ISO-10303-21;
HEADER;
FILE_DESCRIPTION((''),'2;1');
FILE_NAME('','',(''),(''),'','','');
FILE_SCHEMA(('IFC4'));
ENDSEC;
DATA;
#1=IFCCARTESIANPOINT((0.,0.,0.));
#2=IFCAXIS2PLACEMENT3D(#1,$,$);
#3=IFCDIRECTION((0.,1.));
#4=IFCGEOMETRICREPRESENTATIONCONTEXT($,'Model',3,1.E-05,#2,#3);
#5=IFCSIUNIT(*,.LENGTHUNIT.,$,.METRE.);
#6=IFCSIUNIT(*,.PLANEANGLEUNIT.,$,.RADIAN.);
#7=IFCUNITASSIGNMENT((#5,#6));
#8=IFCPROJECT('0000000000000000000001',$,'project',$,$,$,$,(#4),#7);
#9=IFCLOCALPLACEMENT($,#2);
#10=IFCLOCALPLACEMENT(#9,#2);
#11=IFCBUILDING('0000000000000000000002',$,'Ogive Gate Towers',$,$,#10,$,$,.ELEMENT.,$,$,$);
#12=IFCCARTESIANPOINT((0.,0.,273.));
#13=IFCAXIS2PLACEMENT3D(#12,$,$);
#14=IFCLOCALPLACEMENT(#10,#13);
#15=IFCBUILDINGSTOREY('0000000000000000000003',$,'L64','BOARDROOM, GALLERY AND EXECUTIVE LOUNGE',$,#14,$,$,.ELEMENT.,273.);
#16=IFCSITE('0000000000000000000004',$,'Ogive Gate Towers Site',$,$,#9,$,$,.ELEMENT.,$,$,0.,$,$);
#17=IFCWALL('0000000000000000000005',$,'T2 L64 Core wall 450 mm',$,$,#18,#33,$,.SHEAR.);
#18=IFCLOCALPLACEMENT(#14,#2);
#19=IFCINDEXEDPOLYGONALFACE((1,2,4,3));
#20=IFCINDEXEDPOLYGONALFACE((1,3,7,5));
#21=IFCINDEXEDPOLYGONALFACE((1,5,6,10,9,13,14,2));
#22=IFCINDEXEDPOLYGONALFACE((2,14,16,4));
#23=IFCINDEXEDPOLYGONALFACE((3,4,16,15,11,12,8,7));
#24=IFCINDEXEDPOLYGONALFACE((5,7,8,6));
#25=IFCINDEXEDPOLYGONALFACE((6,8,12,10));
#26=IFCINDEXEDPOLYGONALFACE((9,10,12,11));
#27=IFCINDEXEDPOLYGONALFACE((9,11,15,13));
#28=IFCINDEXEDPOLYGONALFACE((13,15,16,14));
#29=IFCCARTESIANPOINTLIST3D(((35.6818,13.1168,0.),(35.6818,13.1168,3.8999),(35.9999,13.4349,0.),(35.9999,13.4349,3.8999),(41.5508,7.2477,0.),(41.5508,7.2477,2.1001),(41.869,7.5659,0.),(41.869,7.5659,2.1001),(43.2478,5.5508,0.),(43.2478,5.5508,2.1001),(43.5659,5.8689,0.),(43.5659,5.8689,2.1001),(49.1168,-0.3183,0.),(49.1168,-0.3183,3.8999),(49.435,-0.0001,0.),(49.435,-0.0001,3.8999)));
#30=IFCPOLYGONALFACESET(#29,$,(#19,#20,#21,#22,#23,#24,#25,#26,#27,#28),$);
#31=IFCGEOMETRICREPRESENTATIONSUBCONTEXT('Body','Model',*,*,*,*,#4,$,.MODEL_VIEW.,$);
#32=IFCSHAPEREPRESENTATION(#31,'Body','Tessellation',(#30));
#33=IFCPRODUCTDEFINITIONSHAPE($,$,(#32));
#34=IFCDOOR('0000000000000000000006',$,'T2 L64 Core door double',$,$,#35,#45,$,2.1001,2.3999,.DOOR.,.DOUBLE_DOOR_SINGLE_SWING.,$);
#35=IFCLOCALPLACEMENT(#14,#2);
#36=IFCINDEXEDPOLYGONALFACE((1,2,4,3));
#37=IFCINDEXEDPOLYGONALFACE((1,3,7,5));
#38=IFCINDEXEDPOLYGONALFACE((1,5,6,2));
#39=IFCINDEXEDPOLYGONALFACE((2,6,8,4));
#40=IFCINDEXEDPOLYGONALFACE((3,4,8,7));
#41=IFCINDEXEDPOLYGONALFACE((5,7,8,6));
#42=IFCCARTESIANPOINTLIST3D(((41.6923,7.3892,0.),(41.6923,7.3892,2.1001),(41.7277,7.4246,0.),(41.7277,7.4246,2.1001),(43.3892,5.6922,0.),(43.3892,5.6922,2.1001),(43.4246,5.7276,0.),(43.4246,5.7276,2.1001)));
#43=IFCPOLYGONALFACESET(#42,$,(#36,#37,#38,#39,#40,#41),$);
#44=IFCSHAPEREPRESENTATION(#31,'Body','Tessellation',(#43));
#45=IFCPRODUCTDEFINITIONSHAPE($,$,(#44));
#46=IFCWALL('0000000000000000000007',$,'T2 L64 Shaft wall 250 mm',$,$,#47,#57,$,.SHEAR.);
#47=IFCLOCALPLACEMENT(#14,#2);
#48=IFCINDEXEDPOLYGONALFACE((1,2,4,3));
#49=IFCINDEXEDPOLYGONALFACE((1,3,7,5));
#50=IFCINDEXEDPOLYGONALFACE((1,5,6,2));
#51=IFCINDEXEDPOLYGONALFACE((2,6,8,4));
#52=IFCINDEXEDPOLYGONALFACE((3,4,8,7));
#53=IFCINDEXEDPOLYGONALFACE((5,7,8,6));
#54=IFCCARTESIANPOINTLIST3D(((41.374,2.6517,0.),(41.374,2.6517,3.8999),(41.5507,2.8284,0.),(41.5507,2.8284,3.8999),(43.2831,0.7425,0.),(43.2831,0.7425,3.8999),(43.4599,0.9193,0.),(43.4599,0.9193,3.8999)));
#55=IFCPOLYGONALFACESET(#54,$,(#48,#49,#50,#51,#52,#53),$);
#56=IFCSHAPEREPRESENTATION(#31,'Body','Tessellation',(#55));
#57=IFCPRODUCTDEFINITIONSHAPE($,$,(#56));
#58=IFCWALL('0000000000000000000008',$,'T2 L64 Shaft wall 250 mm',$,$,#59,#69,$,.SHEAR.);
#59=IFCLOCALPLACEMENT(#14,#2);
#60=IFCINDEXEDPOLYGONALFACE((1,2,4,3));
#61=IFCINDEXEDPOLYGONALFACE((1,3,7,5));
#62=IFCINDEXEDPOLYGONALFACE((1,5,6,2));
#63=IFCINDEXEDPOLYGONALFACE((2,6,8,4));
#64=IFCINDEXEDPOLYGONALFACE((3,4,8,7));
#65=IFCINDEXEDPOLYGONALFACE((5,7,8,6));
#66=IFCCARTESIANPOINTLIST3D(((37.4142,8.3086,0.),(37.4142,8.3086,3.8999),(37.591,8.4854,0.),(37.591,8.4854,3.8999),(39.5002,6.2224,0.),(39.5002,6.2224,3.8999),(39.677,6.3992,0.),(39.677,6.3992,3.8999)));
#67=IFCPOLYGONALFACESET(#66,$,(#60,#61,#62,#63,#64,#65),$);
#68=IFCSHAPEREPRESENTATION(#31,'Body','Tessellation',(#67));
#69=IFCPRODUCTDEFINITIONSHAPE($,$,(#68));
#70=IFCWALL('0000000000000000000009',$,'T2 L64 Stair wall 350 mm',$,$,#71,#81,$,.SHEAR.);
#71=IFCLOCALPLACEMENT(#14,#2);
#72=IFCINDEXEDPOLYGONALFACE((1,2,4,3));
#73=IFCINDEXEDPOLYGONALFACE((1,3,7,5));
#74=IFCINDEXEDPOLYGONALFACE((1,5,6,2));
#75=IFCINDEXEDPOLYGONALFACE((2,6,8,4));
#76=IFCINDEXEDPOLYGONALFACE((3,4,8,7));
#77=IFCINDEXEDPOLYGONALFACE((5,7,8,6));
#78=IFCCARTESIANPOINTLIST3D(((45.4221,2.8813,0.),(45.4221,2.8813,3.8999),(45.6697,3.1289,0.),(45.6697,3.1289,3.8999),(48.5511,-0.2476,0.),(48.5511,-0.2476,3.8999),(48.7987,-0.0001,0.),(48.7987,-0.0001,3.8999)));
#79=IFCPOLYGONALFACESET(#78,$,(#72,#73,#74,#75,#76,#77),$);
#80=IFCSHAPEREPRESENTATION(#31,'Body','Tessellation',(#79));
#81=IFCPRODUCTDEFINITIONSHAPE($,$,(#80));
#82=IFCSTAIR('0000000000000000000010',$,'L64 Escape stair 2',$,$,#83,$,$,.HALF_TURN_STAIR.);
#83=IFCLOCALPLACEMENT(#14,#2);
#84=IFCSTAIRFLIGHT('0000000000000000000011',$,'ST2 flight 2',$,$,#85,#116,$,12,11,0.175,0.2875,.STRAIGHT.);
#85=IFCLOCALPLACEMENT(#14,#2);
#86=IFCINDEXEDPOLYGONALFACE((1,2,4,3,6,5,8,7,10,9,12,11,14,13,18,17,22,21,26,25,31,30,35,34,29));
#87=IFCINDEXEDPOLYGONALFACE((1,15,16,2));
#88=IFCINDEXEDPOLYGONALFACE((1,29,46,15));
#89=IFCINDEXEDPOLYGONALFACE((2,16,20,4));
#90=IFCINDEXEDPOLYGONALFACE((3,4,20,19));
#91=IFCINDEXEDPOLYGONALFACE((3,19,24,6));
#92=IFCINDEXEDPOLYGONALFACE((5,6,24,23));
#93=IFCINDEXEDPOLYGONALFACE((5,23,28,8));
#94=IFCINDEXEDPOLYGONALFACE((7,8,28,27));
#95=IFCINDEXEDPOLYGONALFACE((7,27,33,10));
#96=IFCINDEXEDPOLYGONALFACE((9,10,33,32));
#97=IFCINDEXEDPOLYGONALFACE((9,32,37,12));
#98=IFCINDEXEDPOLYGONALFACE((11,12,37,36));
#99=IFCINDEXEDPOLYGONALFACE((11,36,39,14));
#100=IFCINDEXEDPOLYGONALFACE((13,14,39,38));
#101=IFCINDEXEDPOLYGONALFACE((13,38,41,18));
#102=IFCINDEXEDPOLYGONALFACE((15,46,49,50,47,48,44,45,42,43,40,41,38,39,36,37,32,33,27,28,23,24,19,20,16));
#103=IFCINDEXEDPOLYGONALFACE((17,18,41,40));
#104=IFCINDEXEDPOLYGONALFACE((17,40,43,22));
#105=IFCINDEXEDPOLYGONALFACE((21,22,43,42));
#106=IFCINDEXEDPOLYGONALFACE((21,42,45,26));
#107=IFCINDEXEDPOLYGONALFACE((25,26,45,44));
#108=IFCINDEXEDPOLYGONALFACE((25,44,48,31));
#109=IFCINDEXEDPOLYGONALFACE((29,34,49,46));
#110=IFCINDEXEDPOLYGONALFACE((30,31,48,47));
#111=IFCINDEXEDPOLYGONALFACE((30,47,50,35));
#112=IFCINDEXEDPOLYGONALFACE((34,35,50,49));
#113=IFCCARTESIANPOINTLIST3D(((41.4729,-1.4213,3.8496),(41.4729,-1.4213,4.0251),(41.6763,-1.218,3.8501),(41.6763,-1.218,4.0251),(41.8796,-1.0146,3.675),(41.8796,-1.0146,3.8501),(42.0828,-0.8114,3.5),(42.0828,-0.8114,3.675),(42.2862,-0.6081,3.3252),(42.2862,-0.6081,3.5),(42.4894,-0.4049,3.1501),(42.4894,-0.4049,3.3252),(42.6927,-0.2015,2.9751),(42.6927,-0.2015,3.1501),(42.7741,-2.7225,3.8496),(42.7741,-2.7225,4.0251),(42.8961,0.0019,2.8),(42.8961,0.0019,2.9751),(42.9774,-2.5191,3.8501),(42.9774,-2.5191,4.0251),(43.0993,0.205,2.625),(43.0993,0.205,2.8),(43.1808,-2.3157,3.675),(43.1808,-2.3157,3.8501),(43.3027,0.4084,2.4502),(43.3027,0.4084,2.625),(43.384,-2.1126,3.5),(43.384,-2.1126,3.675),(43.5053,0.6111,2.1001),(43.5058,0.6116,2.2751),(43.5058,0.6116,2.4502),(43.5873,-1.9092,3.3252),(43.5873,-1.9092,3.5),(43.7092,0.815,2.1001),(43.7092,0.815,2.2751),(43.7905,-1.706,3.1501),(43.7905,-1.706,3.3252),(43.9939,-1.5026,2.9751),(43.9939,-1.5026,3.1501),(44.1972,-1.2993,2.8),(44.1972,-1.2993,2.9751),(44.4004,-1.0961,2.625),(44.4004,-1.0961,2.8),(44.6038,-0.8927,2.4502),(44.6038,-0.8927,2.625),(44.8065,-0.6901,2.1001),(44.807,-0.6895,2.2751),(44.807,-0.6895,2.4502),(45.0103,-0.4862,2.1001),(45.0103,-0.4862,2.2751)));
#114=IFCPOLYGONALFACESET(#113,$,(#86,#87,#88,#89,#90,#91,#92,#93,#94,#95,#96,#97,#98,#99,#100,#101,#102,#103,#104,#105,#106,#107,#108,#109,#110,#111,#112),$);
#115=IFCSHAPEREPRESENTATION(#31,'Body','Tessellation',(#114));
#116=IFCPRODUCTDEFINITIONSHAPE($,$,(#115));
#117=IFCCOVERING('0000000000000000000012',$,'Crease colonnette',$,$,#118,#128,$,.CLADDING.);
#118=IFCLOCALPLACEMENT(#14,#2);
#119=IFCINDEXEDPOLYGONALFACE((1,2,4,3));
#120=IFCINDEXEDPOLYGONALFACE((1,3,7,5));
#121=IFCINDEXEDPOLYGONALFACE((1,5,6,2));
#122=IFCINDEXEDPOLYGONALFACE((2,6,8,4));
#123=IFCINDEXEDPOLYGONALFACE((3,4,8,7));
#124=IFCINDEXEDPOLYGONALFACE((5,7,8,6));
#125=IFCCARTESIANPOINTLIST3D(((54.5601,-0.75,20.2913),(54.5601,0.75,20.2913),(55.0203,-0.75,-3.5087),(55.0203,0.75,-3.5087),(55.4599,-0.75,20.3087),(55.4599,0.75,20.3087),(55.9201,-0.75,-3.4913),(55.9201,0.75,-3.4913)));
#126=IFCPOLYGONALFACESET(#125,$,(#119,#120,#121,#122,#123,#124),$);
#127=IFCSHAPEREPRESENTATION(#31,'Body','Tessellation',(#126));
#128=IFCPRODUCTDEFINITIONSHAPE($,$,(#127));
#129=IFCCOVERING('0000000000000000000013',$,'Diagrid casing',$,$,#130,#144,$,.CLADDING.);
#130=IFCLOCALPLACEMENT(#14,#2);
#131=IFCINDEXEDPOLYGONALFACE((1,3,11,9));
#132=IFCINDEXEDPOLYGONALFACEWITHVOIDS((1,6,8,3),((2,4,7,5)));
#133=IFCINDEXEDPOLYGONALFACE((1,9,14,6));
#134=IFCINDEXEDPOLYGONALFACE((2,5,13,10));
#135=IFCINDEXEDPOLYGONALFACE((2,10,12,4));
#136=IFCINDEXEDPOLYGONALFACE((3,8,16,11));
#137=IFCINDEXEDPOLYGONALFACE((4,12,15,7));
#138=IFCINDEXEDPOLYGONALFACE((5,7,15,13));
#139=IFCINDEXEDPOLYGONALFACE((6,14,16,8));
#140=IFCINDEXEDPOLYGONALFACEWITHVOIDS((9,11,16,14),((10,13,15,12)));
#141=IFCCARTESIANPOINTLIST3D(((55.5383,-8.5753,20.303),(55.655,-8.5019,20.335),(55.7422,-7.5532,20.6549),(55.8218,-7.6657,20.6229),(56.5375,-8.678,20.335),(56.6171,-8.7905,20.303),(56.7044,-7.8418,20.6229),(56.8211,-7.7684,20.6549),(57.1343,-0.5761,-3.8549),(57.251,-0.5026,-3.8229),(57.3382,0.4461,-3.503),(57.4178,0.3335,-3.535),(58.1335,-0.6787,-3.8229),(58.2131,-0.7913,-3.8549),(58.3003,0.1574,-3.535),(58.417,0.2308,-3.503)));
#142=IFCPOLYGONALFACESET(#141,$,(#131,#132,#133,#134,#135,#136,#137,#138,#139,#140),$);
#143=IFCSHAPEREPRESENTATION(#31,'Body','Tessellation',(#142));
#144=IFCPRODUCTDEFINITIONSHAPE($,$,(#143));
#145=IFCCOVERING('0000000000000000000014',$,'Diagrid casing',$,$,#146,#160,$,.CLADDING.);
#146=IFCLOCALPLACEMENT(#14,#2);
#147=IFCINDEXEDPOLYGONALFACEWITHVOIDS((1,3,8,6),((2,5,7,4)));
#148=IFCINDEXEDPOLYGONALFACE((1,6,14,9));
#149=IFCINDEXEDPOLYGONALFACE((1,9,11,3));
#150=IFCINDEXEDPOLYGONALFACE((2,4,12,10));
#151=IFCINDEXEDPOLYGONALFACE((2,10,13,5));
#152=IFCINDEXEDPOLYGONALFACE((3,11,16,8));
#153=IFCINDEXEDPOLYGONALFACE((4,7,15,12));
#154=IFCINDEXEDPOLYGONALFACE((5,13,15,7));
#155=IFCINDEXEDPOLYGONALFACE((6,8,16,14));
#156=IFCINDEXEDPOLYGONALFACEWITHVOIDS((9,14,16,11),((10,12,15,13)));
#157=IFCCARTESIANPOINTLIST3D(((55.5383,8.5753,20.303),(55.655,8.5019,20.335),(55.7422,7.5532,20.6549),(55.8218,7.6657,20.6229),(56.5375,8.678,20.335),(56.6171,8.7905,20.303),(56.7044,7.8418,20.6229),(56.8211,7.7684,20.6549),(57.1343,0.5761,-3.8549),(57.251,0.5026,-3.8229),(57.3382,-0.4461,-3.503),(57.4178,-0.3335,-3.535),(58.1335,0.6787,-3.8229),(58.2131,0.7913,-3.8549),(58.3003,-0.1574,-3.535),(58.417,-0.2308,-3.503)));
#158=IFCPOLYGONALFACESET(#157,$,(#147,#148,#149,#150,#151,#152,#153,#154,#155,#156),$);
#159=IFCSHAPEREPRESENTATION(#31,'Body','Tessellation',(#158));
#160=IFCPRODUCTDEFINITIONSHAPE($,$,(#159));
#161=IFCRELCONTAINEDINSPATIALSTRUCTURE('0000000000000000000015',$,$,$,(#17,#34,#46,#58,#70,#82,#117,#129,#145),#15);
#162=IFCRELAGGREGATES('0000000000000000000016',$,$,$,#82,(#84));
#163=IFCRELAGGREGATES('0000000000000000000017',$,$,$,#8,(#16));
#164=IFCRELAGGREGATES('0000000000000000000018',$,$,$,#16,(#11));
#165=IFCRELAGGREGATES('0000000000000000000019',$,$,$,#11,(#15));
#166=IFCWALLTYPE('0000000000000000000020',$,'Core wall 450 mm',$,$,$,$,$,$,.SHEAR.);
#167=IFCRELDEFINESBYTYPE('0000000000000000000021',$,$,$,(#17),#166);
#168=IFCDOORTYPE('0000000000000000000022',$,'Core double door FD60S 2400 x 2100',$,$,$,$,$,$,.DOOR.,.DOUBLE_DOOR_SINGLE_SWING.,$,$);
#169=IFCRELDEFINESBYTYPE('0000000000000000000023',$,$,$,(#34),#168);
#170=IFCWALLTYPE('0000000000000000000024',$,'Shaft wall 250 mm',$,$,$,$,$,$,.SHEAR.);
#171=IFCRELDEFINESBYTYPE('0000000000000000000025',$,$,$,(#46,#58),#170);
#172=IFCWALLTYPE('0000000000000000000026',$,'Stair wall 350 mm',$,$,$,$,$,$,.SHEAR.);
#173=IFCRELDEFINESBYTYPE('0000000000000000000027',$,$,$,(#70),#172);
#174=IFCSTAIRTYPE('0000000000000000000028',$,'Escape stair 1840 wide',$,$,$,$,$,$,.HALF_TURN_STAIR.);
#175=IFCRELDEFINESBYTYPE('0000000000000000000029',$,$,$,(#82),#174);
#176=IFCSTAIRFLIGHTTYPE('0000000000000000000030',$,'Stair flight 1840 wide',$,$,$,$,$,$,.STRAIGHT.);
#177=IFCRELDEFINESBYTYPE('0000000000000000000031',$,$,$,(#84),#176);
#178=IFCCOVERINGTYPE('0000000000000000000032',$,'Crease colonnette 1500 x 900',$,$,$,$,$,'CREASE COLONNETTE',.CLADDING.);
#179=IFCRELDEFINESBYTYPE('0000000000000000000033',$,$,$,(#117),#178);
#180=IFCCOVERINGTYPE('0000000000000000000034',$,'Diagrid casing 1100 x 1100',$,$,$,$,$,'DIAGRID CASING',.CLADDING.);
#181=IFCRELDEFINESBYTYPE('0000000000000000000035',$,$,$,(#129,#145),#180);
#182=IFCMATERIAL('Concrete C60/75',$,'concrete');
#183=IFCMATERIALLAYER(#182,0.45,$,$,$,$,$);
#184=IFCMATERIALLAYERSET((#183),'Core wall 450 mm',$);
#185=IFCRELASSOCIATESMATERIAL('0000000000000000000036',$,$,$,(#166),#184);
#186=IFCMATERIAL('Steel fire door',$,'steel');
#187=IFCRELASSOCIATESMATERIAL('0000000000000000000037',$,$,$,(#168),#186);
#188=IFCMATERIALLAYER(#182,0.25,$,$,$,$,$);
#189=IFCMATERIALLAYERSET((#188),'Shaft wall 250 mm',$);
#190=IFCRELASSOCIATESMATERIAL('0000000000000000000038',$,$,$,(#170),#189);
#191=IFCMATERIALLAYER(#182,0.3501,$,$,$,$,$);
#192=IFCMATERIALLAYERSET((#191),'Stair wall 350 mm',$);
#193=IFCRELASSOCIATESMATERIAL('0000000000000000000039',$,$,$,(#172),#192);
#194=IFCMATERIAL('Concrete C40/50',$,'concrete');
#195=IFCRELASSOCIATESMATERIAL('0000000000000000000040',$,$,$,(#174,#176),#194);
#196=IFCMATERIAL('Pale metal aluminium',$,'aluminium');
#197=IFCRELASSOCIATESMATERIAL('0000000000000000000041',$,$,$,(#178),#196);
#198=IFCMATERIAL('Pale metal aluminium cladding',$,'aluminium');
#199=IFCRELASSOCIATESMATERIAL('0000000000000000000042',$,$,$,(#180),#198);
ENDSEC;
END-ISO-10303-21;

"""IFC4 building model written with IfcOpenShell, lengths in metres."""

from ifc_helpers import new_model, si_unit, direction, frame, frame_2d, origin, origin_2d, place, context, subcontext, project, spatial, polyline, rectangle, hollow_rectangle, outline, extrude, material, layer, layer_set, material_profile, profile_set, type_object, element, fill, aggregate, save


model = new_model("IFC4")

# Units and contexts
model_context = context("Model", 3, precision=1e-05, world=origin(), true_north=direction((0.0, 1.0)))
body_context = subcontext(model_context, "Body", "Model", "MODEL_VIEW")
ifc_project = project(units=[si_unit("LENGTHUNIT", "METRE"), si_unit("PLANEANGLEUNIT", "RADIAN")], contexts=[model_context])

# Site, building, storey
site_placement = place(None, origin())
site = spatial("IfcSite", under=ifc_project, at=site_placement, Name="Ogive Gate Towers Site", CompositionType="ELEMENT", RefElevation=0.0)
building_placement = place(site_placement, origin())
building = spatial("IfcBuilding", under=site, at=building_placement, Name="Ogive Gate Towers", CompositionType="ELEMENT")
storey_placement = place(building_placement, frame((0.0, 0.0, 273.0)))
storey = spatial("IfcBuildingStorey", under=building, at=storey_placement, Name="L64", Description="BOARDROOM, GALLERY AND EXECUTIVE LOUNGE", CompositionType="ELEMENT", Elevation=273.0)

# Wall, opening, door
ifc_material_1 = material(Name="Concrete C60/75", Category="concrete")
ifc_layer_1 = layer(ifc_material_1, 0.45)
ifc_layer_set_1 = layer_set([ifc_layer_1], Name="Core wall 450 mm")
wall_type_1 = type_object("IfcWallType", Name="Core wall 450 mm", PredefinedType="SHEAR", material=ifc_layer_set_1)
wall_1_placement = place(storey_placement, frame((49.2759, -0.1592, 0.0), z_axis=(0.0, 0.0, 1.0), x_axis=(-0.707107, 0.707107, 0.0)))
wall_1 = element("IfcWall", 1, at=wall_1_placement, inside=storey, type_object=wall_type_1, Name="T2 L64 Core wall 450 mm", PredefinedType="SHEAR", context=body_context, shape_type="SweptSolid", body=[
    extrude(rectangle(XDim=19.0, YDim=0.45, at=frame_2d((9.5, 0.0))), origin(), (0.0, 0.0, 1.0), 3.8999),
])
opening_1_placement = place(wall_1_placement, frame((8.3, 0.0, 0.0)))
opening_1 = element("IfcOpeningElement", 2, at=opening_1_placement, cuts=wall_1, PredefinedType="OPENING", context=body_context, shape_type="SweptSolid", body=[
    extrude(rectangle(XDim=2.3999, YDim=2.1001, at=frame_2d((1.2, 1.05))), frame((0.0, 0.2349, 0.0), z_axis=(0.0, -1.0, 0.0), x_axis=(1.0, 0.0, 0.0)), (0.0, 0.0, 1.0), 0.47),
])
ifc_material_2 = material(Name="Steel fire door", Category="steel")
door_type_1 = type_object("IfcDoorType", Name="Core double door FD60S 2400 x 2100", OperationType="DOUBLE_DOOR_SINGLE_SWING", PredefinedType="DOOR", material=ifc_material_2)
door_1_placement = place(opening_1_placement, origin())
door_1 = element("IfcDoor", 3, at=door_1_placement, inside=storey, type_object=door_type_1, Name="T2 L64 Core door double", OperationType="DOUBLE_DOOR_SINGLE_SWING", OverallHeight=2.1001, OverallWidth=2.3999, PredefinedType="DOOR", context=body_context, shape_type="SweptSolid", body=[
    extrude(rectangle(XDim=2.3999, YDim=2.1001, at=frame_2d((1.2, 1.05))), frame((0.0, 0.0249, 0.0), z_axis=(0.0, -1.0, 0.0), x_axis=(1.0, 0.0, 0.0)), (0.0, 0.0, 1.0), 0.05),
])
fill(opening_1, door_1)

# Walls
ifc_layer_2 = layer(ifc_material_1, 0.25)
ifc_layer_set_2 = layer_set([ifc_layer_2], Name="Shaft wall 250 mm")
wall_type_2 = type_object("IfcWallType", Name="Shaft wall 250 mm", PredefinedType="SHEAR", material=ifc_layer_set_2)
wall_2_placement = place(storey_placement, frame((43.3716, 0.8308, 0.0), z_axis=(0.0, 0.0, 1.0), x_axis=(-0.707107, 0.707107, 0.0)))
element("IfcWall", 4, at=wall_2_placement, inside=storey, type_object=wall_type_2, Name="T2 L64 Shaft wall 250 mm", PredefinedType="SHEAR", context=body_context, shape_type="SweptSolid", body=[
    extrude(rectangle(XDim=2.7, YDim=0.25, at=frame_2d((1.3501, 0.0))), origin(), (0.0, 0.0, 1.0), 3.8999),
])
wall_3_placement = place(storey_placement, frame((39.5886, 6.3108, 0.0), z_axis=(0.0, 0.0, 1.0), x_axis=(-0.707065, 0.707148, 0.0)))
element("IfcWall", 5, at=wall_3_placement, inside=storey, type_object=wall_type_2, Name="T2 L64 Shaft wall 250 mm", PredefinedType="SHEAR", context=body_context, shape_type="SweptSolid", body=[
    extrude(rectangle(XDim=2.9502, YDim=0.25, at=frame_2d((1.4751, 0.0))), origin(), (0.0, 0.0, 1.0), 3.8999),
])
ifc_layer_3 = layer(ifc_material_1, 0.3501)
ifc_layer_set_3 = layer_set([ifc_layer_3], Name="Stair wall 350 mm")
wall_type_3 = type_object("IfcWallType", Name="Stair wall 350 mm", PredefinedType="SHEAR", material=ifc_layer_set_3)
wall_4_placement = place(storey_placement, frame((48.6748, -0.1238, 0.0), z_axis=(0.0, 0.0, 1.0), x_axis=(-0.707107, 0.707107, 0.0)))
element("IfcWall", 6, at=wall_4_placement, inside=storey, type_object=wall_type_3, Name="T2 L64 Stair wall 350 mm", PredefinedType="SHEAR", context=body_context, shape_type="SweptSolid", body=[
    extrude(rectangle(XDim=4.425, YDim=0.3501, at=frame_2d((2.2124, 0.0))), origin(), (0.0, 0.0, 1.0), 3.8999),
])

# Stair, stair flight
ifc_material_3 = material(Name="Concrete C40/50", Category="concrete")
stair_type = type_object("IfcStairType", Name="Escape stair 1840 wide", PredefinedType="HALF_TURN_STAIR", material=ifc_material_3)
stair_placement = place(storey_placement, origin())
stair = element("IfcStair", 7, at=stair_placement, inside=storey, type_object=stair_type, Name="L64 Escape stair 2", PredefinedType="HALF_TURN_STAIR")
stair_flight_type = type_object("IfcStairFlightType", Name="Stair flight 1840 wide", PredefinedType="STRAIGHT", material=ifc_material_3)
stair_flight_placement = place(storey_placement, frame((44.3599, 0.1643, 2.1001), z_axis=(0.0, 0.0, 1.0), x_axis=(-0.707107, -0.707107, 0.0)))
stair_flight = element("IfcStairFlight", 8, at=stair_flight_placement, type_object=stair_flight_type, Name="ST2 flight 2", NumberOfRisers=12, NumberOfTreads=11, PredefinedType="STRAIGHT", RiserHeight=0.175, TreadLength=0.2875, context=body_context, shape_type="SweptSolid", body=[
    extrude(outline(polyline([(0.0, 0.0), (0.0, 0.175), (0.2876, 0.175), (0.2876, 0.3501), (0.575, 0.3501), (0.575, 0.5249), (0.8625, 0.5249), (0.8625, 0.7), (1.1499, 0.7), (1.1499, 0.875), (1.4375, 0.875), (1.4375, 1.05), (1.7251, 1.05), (1.7251, 1.2251), (2.0125, 1.2251), (2.0125, 1.3999), (2.3, 1.3999), (2.3, 1.575), (2.5874, 1.575), (2.5874, 1.75), (2.875, 1.75), (2.875, 1.925), (3.1626, 1.925), (3.1626, 2.1001), (3.1626, 1.7495), (0.2883, 0.0), (0.0, 0.0)])), frame((0.0, 0.9199, 0.0), z_axis=(0.0, -1.0, 0.0), x_axis=(1.0, 0.0, 0.0)), (0.0, 0.0, 1.0), 1.8401),
])
aggregate(stair, [stair_flight])

# Coverings
ifc_material_4 = material(Name="Pale metal aluminium", Category="aluminium")
ifc_material_profile_1 = material_profile(ifc_material_4, rectangle(XDim=1.5, YDim=0.8999, at=origin_2d()), Name="1500 x 900 pale metal aluminium")
ifc_profile_set_1 = profile_set([ifc_material_profile_1], Name="Pale metal aluminium")
covering_type_1 = type_object("IfcCoveringType", Name="Crease colonnette 1500 x 900", ElementType="CREASE COLONNETTE", PredefinedType="CLADDING", material=ifc_profile_set_1)
covering_placement = place(storey_placement, frame((55.4702, 0.0, -3.5), z_axis=(-0.019333, 0.0, 0.999813), x_axis=(0.0, -1.0, 0.0)))
element("IfcCovering", 9, at=covering_placement, inside=storey, type_object=covering_type_1, Name="Crease colonnette", PredefinedType="CLADDING", context=body_context, shape_type="SweptSolid", body=[
    extrude(rectangle(XDim=1.5, YDim=0.8999, at=origin_2d()), origin(), (0.0, 0.0, 1.0), 23.8044),
])
ifc_material_5 = material(Name="Pale metal aluminium cladding", Category="aluminium")
ifc_material_profile_2 = material_profile(ifc_material_5, hollow_rectangle(XDim=1.1001, YDim=1.1001, WallThickness=0.1001, at=origin_2d()), Name="1100 x 1100 pale metal casing")
ifc_profile_set_2 = profile_set([ifc_material_profile_2], Name="Pale metal aluminium cladding")
covering_type_2 = type_object("IfcCoveringType", Name="Diagrid casing 1100 x 1100", ElementType="DIAGRID CASING", PredefinedType="CLADDING", material=ifc_profile_set_2)
for number, where, z_axis, x_axis, name in (
    (10, (57.7756, -0.1726, -3.679), (-0.062591, -0.313723, 0.947449), (0.980673, -0.195656, 0.0), "Diagrid casing"),
    (11, (57.7756, 0.1726, -3.679), (-0.062591, 0.313723, 0.947449), (-0.980673, -0.195656, 0.0), "Diagrid casing"),
):
    element("IfcCovering", number, at=place(storey_placement, frame(where, z_axis=z_axis, x_axis=x_axis)), inside=storey, type_object=covering_type_2, Name=name, PredefinedType="CLADDING", context=body_context, shape_type="SweptSolid", body=[
        extrude(hollow_rectangle(XDim=1.1001, YDim=1.1001, WallThickness=0.1001, at=origin_2d()), origin(), (0.0, 0.0, 1.0), 25.4978),
    ])

save(model, "model.ifc")
